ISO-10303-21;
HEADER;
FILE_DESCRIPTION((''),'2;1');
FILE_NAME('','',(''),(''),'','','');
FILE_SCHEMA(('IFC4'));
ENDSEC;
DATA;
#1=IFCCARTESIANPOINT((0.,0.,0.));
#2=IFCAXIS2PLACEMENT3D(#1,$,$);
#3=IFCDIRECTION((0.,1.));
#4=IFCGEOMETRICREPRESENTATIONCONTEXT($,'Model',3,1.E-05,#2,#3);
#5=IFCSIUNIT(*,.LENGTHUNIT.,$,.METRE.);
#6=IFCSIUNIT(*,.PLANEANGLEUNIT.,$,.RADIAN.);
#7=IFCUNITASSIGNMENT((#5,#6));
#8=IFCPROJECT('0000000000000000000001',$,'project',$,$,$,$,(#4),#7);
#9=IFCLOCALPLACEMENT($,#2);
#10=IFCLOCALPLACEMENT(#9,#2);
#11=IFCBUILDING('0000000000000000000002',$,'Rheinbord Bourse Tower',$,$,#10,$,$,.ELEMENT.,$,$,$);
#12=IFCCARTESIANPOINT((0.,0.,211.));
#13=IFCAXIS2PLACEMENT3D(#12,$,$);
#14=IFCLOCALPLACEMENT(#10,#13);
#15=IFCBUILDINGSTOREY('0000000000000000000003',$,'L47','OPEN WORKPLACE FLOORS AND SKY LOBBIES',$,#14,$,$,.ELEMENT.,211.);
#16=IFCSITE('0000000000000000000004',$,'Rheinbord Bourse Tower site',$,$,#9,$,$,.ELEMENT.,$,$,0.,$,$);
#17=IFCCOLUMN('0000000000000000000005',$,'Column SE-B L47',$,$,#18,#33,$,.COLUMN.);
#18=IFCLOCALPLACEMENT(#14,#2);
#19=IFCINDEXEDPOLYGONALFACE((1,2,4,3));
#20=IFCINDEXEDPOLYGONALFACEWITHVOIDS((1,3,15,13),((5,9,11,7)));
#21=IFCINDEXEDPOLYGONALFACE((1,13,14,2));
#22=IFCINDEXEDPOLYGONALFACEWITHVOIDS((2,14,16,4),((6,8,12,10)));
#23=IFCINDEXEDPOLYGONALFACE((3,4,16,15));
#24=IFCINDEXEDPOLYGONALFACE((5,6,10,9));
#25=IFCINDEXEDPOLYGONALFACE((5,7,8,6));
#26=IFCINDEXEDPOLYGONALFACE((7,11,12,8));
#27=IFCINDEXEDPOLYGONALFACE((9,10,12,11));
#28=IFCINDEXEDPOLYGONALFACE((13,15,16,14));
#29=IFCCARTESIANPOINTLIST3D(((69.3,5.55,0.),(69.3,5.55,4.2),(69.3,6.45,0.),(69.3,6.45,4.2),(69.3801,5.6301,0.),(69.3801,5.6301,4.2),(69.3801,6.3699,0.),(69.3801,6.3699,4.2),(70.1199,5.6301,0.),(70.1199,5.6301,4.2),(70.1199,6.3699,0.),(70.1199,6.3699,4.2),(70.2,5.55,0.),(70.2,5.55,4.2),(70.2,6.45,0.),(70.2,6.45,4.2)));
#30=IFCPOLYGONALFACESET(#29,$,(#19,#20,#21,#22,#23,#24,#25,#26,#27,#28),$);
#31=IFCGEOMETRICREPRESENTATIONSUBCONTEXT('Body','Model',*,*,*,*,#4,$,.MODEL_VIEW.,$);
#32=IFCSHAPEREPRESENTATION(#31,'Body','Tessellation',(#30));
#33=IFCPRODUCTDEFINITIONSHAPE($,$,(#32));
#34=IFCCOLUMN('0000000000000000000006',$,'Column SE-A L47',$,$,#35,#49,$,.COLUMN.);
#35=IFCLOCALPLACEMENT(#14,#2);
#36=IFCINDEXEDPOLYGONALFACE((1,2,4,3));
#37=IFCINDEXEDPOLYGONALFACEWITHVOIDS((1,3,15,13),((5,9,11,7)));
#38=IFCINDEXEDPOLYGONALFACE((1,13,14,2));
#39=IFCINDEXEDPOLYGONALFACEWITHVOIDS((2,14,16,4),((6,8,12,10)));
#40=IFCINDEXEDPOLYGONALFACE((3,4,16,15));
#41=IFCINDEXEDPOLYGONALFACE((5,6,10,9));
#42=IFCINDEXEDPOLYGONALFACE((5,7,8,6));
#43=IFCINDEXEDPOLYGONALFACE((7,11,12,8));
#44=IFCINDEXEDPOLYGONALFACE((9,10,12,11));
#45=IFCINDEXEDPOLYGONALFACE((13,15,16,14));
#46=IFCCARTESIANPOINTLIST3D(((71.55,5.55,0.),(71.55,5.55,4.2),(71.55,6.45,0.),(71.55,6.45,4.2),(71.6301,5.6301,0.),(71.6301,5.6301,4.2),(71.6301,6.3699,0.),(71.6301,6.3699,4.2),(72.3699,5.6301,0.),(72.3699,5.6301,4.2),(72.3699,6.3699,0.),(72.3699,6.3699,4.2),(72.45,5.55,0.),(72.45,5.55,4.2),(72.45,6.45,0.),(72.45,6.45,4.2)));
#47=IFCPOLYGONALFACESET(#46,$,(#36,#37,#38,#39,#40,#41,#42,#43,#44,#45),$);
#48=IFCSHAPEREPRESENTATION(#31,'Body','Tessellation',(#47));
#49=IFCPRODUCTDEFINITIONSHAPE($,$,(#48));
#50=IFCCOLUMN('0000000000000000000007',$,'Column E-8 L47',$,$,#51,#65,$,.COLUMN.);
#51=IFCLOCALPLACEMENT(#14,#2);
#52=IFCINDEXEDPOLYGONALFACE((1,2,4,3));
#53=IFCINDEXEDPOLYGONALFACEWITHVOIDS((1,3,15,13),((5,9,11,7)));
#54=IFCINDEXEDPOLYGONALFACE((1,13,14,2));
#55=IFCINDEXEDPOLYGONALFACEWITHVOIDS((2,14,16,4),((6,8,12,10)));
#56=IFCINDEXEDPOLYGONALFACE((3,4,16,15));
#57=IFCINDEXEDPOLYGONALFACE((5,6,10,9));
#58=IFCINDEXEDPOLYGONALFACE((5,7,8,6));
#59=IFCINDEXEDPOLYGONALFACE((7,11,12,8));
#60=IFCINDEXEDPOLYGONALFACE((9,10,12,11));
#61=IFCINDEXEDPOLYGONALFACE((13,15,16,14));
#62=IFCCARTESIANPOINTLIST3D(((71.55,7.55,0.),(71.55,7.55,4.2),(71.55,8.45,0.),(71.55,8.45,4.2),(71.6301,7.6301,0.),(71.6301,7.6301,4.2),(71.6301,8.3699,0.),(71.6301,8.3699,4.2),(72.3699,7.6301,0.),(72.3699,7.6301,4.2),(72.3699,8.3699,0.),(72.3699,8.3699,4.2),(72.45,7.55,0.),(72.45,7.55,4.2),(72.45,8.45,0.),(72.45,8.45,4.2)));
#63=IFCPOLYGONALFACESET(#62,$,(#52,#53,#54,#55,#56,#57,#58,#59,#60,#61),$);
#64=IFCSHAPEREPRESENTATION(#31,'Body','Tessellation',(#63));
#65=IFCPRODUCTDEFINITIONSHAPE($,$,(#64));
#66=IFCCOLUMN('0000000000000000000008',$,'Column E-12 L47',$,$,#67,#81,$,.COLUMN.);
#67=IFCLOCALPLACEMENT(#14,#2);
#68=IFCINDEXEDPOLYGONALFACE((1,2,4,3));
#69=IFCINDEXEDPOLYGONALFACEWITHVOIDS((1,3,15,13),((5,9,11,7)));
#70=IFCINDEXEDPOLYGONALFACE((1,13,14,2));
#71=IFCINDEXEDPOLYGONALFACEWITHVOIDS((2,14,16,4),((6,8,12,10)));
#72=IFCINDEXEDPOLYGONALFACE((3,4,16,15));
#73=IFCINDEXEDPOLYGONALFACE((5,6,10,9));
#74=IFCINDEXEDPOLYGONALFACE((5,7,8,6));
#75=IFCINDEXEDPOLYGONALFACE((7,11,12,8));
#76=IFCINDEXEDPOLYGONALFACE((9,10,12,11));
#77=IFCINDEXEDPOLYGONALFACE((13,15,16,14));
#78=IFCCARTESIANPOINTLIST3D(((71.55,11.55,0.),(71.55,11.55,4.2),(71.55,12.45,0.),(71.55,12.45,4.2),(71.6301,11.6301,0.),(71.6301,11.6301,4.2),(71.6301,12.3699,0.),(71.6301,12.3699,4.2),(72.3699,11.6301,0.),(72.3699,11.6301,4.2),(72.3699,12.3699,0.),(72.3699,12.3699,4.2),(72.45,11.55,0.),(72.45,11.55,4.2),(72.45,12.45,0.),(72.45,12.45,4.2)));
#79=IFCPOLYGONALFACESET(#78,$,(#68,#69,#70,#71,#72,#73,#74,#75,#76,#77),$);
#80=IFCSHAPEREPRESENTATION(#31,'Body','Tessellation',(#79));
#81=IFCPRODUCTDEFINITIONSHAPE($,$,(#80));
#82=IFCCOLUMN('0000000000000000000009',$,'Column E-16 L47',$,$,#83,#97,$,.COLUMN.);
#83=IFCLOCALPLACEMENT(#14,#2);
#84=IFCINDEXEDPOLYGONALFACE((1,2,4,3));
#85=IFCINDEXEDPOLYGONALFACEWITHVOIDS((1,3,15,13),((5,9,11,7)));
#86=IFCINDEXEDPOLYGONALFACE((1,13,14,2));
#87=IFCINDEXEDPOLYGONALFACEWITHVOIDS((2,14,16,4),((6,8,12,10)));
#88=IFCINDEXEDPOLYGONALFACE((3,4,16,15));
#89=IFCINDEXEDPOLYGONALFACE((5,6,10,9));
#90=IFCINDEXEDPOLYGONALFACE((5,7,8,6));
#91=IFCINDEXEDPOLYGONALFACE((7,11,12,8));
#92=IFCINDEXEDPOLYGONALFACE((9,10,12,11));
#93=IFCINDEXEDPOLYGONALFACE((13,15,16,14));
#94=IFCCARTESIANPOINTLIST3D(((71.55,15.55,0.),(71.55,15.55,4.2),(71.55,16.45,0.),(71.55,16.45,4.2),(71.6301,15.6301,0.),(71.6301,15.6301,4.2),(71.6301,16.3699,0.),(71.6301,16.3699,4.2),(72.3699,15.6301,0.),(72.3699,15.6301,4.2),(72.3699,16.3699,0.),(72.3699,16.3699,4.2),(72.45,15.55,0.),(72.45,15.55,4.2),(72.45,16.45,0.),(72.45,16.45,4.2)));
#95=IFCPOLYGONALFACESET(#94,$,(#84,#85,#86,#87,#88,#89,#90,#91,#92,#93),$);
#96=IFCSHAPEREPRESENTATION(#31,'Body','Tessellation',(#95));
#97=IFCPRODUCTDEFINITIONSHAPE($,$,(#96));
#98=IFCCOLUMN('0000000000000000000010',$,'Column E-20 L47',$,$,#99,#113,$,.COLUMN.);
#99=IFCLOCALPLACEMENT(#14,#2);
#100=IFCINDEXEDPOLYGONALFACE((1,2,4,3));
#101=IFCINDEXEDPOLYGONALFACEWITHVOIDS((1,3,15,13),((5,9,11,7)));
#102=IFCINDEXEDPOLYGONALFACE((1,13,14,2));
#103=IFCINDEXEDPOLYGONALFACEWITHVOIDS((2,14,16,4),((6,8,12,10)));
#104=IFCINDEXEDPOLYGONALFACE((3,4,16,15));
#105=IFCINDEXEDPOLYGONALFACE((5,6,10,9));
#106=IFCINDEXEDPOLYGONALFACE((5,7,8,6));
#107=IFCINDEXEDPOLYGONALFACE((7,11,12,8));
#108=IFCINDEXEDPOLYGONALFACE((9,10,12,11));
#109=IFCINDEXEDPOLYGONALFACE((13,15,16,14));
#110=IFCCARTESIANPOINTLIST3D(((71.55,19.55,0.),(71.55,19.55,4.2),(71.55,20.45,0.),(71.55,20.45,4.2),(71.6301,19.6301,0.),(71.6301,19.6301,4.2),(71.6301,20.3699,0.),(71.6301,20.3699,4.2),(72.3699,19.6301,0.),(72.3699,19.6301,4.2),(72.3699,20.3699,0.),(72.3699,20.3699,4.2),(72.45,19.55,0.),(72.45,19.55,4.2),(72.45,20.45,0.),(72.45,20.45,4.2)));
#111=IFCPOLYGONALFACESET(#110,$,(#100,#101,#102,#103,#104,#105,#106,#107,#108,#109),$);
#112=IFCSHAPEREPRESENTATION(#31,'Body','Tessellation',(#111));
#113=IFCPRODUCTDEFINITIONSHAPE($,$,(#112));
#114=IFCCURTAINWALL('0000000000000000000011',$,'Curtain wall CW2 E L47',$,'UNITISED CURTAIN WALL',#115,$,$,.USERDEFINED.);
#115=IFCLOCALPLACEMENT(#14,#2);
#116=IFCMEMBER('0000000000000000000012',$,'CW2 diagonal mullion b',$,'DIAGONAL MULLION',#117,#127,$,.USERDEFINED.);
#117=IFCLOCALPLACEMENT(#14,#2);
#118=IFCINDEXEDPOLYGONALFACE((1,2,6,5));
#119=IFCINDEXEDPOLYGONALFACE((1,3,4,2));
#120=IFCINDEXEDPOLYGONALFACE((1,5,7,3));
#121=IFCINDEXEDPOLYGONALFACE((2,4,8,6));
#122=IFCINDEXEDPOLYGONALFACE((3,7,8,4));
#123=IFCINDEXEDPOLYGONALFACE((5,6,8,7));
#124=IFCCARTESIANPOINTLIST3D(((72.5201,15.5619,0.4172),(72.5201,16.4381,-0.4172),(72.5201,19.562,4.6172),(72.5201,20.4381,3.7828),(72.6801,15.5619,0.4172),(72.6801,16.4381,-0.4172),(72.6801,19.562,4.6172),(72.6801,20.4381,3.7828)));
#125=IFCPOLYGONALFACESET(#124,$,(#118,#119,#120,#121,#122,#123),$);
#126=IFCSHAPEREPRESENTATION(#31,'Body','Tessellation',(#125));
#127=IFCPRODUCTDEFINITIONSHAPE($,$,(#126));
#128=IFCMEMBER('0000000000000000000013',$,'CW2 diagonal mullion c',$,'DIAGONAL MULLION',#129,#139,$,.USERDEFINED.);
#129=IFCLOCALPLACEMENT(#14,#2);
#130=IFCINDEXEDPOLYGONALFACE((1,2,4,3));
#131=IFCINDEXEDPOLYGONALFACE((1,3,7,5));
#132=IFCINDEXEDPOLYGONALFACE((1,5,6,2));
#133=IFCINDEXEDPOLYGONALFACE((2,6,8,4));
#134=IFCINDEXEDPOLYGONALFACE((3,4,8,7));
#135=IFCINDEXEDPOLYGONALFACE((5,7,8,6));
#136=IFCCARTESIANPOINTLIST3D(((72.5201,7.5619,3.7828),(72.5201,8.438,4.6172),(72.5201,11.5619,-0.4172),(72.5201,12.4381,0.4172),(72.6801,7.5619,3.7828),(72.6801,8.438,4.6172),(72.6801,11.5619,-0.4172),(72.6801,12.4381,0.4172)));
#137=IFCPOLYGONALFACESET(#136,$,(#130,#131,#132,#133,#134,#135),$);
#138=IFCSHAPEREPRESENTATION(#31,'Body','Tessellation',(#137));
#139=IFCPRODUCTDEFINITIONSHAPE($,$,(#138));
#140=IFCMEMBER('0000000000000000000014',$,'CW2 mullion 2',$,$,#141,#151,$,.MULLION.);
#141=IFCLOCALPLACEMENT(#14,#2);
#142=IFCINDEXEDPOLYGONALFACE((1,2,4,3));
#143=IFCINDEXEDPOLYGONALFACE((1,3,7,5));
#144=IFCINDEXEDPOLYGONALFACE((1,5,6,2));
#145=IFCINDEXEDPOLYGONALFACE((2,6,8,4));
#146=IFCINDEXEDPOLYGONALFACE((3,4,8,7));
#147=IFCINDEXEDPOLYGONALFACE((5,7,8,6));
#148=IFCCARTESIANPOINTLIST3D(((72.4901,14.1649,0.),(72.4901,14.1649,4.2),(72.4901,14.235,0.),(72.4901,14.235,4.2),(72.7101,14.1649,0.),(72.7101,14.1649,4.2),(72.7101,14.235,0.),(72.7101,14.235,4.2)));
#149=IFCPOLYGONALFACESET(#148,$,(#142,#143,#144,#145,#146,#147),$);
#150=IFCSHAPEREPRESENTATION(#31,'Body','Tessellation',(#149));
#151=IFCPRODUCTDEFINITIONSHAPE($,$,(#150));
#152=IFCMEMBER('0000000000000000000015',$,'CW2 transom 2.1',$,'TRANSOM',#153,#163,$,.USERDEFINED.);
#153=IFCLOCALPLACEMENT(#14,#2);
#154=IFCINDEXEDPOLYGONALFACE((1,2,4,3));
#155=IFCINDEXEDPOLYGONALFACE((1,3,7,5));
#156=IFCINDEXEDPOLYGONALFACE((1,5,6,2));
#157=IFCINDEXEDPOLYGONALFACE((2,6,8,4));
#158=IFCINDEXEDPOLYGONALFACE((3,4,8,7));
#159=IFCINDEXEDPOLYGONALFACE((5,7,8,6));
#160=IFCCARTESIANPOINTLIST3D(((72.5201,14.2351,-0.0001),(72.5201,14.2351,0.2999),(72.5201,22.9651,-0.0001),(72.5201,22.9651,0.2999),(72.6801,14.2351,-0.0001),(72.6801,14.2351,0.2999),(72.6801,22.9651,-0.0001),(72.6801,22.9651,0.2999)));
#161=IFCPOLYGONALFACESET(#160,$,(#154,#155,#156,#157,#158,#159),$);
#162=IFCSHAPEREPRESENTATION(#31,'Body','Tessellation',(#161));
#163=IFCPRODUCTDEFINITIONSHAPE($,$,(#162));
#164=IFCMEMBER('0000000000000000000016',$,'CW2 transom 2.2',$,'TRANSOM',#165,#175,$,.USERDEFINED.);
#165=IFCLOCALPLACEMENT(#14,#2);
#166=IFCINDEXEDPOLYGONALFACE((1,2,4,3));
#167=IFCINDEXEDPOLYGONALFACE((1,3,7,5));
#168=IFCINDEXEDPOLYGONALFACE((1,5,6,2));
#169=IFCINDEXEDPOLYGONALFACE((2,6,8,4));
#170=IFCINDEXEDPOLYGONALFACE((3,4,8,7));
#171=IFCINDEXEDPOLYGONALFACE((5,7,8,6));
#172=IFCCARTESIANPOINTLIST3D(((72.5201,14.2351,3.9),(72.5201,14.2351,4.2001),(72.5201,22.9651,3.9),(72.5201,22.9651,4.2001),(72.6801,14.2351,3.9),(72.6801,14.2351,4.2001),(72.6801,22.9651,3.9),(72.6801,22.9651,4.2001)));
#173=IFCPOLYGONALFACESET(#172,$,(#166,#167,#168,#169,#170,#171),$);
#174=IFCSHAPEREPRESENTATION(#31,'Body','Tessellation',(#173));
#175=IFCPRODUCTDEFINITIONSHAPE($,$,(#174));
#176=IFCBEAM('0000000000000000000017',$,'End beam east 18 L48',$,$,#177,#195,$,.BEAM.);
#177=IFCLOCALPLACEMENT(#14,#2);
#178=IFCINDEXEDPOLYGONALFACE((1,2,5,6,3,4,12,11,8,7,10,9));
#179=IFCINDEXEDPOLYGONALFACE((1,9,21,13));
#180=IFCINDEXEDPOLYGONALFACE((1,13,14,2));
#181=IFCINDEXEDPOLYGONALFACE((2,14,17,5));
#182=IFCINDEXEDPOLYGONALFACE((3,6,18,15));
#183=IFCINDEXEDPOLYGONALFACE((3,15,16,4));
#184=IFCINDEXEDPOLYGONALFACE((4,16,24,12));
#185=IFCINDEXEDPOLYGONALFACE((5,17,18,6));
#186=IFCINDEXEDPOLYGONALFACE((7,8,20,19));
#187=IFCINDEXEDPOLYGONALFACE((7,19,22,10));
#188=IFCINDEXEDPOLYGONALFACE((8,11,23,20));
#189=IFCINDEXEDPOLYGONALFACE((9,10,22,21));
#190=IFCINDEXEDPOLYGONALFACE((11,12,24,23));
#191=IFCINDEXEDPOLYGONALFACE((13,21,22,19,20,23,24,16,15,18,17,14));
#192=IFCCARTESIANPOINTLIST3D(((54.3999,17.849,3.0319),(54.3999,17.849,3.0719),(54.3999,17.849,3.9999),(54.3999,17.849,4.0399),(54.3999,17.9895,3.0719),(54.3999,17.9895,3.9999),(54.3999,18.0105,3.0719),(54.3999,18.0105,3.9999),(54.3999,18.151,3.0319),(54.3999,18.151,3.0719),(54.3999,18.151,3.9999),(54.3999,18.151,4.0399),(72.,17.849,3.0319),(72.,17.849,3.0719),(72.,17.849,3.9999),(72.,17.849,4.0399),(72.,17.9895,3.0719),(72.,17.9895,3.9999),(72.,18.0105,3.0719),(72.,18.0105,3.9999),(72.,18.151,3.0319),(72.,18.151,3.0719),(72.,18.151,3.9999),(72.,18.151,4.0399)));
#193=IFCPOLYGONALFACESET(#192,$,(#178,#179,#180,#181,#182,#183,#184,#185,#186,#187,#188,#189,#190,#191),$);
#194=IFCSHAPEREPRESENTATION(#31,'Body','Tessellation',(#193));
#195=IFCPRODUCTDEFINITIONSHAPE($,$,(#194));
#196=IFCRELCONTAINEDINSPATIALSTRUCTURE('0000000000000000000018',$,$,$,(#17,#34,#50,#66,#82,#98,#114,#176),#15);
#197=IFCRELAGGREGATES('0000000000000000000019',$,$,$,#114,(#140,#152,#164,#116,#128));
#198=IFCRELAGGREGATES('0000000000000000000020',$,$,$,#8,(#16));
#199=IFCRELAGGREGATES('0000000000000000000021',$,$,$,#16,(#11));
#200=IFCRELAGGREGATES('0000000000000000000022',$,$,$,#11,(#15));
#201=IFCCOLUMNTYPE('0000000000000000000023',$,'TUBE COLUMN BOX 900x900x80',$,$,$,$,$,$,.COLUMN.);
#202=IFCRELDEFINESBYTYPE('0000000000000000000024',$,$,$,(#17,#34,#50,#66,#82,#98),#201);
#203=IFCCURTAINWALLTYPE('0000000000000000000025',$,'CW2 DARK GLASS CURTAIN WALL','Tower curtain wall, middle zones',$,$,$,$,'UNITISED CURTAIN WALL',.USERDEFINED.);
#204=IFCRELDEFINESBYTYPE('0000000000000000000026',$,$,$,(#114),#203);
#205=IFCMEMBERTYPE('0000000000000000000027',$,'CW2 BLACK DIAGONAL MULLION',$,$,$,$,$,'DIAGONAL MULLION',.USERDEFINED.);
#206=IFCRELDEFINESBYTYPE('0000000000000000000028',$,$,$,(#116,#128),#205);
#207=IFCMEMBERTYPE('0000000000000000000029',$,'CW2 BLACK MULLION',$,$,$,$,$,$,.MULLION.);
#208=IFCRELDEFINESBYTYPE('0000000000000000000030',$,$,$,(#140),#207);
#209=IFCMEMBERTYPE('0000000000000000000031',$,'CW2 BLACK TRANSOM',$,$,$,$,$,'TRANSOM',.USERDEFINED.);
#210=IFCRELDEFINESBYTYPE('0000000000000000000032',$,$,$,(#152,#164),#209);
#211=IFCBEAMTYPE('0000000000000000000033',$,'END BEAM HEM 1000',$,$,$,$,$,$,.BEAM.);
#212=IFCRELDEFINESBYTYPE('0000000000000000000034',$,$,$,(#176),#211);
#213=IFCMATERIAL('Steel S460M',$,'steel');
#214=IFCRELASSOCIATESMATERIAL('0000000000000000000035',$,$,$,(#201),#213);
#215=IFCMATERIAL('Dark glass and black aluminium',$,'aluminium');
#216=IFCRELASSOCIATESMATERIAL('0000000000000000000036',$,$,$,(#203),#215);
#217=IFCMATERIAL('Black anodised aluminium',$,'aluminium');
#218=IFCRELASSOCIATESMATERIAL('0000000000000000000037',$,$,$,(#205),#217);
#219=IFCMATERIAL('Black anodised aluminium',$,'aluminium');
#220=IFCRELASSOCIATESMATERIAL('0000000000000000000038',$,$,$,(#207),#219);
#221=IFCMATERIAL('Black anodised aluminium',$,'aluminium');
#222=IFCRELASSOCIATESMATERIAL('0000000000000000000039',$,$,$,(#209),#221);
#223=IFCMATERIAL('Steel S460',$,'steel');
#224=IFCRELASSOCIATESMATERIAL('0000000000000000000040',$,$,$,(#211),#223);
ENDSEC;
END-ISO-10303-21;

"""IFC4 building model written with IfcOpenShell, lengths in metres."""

from ifc_helpers import new_model, si_unit, direction, frame, origin, origin_2d, place, context, subcontext, project, spatial, rectangle, hollow_rectangle, i_section, extrude, material, material_profile, profile_set, type_object, element, aggregate, save


model = new_model("IFC4")

# Units and contexts
model_context = context("Model", 3, precision=1e-05, world=origin(), true_north=direction((0.0, 1.0)))
body_context = subcontext(model_context, "Body", "Model", "MODEL_VIEW")
ifc_project = project(units=[si_unit("LENGTHUNIT", "METRE"), si_unit("PLANEANGLEUNIT", "RADIAN")], contexts=[model_context])

# Site, building, storey
site_placement = place(None, origin())
site = spatial("IfcSite", under=ifc_project, at=site_placement, Name="Rheinbord Bourse Tower site", CompositionType="ELEMENT", RefElevation=0.0)
building_placement = place(site_placement, origin())
building = spatial("IfcBuilding", under=site, at=building_placement, Name="Rheinbord Bourse Tower", CompositionType="ELEMENT")
storey_placement = place(building_placement, frame((0.0, 0.0, 211.0)))
storey = spatial("IfcBuildingStorey", under=building, at=storey_placement, Name="L47", Description="OPEN WORKPLACE FLOORS AND SKY LOBBIES", CompositionType="ELEMENT", Elevation=211.0)

# Columns
ifc_material_1 = material(Name="Steel S460M", Category="steel")
ifc_material_profile_1 = material_profile(ifc_material_1, hollow_rectangle(XDim=0.8999, YDim=0.8999, WallThickness=0.0801, at=origin_2d()), Name="BOX 900x900x80")
ifc_profile_set_1 = profile_set([ifc_material_profile_1], Name="Steel S460M")
column_type = type_object("IfcColumnType", Name="TUBE COLUMN BOX 900x900x80", PredefinedType="COLUMN", material=ifc_profile_set_1)
for number, where, z_axis, x_axis, name in (
    (1, (69.75, 6.0, 0.0), (0.0, 0.0, 1.0), (1.0, 0.0, 0.0), "Column SE-B L47"),
    (2, (72.0, 6.0, 0.0), (0.0, 0.0, 1.0), (1.0, 0.0, 0.0), "Column SE-A L47"),
    (3, (72.0, 8.0, 0.0), (0.0, 0.0, 1.0), (1.0, 0.0, 0.0), "Column E-8 L47"),
    (4, (72.0, 12.0, 0.0), (0.0, 0.0, 1.0), (1.0, 0.0, 0.0), "Column E-12 L47"),
    (5, (72.0, 16.0, 0.0), (0.0, 0.0, 1.0), (1.0, 0.0, 0.0), "Column E-16 L47"),
    (6, (72.0, 20.0, 0.0), (0.0, 0.0, 1.0), (1.0, 0.0, 0.0), "Column E-20 L47"),
):
    element("IfcColumn", number, at=place(storey_placement, frame(where, z_axis=z_axis, x_axis=x_axis)), inside=storey, type_object=column_type, Name=name, PredefinedType="COLUMN", context=body_context, shape_type="SweptSolid", body=[
        extrude(hollow_rectangle(XDim=0.8999, YDim=0.8999, WallThickness=0.0801, at=origin_2d()), origin(), (0.0, 0.0, 1.0), 4.2),
    ])

# Curtain wall, members
ifc_material_2 = material(Name="Dark glass and black aluminium", Category="aluminium")
curtain_wall_type = type_object("IfcCurtainWallType", Name="CW2 DARK GLASS CURTAIN WALL", Description="Tower curtain wall, middle zones", ElementType="UNITISED CURTAIN WALL", PredefinedType="USERDEFINED", material=ifc_material_2)
curtain_wall_placement = place(storey_placement, origin())
curtain_wall = element("IfcCurtainWall", 7, at=curtain_wall_placement, inside=storey, type_object=curtain_wall_type, Name="Curtain wall CW2 E L47", ObjectType="UNITISED CURTAIN WALL", PredefinedType="USERDEFINED")
ifc_material_3 = material(Name="Black anodised aluminium", Category="aluminium")
ifc_material_profile_2 = material_profile(ifc_material_3, rectangle(XDim=0.1599, YDim=1.21, at=origin_2d()), Name="CW2 DIAGONAL MULLION 1210x160")
ifc_profile_set_2 = profile_set([ifc_material_profile_2], Name="Black anodised aluminium")
member_type_1 = type_object("IfcMemberType", Name="CW2 BLACK DIAGONAL MULLION", ElementType="DIAGONAL MULLION", PredefinedType="USERDEFINED", material=ifc_profile_set_2)
member_1_placement = place(storey_placement, frame((72.6001, 16.0, 0.0), z_axis=(0.0, 0.689659, 0.724134), x_axis=(-1.0, 0.0, 0.0)))
member_1 = element("IfcMember", 8, at=member_1_placement, type_object=member_type_1, Name="CW2 diagonal mullion b", ObjectType="DIAGONAL MULLION", PredefinedType="USERDEFINED", context=body_context, shape_type="SweptSolid", body=[
    extrude(rectangle(XDim=0.1599, YDim=1.21, at=origin_2d()), origin(), (0.0, 0.0, 1.0), 5.8),
])
member_2_placement = place(storey_placement, frame((72.6001, 12.0, 0.0), z_axis=(0.0, -0.689659, 0.724134), x_axis=(1.0, 0.0, 0.0)))
member_2 = element("IfcMember", 9, at=member_2_placement, type_object=member_type_1, Name="CW2 diagonal mullion c", ObjectType="DIAGONAL MULLION", PredefinedType="USERDEFINED", context=body_context, shape_type="SweptSolid", body=[
    extrude(rectangle(XDim=0.1599, YDim=1.21, at=origin_2d()), origin(), (0.0, 0.0, 1.0), 5.8),
])
ifc_material_4 = material(Name="Black anodised aluminium", Category="aluminium")
ifc_material_profile_3 = material_profile(ifc_material_4, rectangle(XDim=0.22, YDim=0.0701, at=origin_2d()), Name="CW2 MULLION 70x220")
ifc_profile_set_3 = profile_set([ifc_material_profile_3], Name="Black anodised aluminium")
member_type_2 = type_object("IfcMemberType", Name="CW2 BLACK MULLION", PredefinedType="MULLION", material=ifc_profile_set_3)
member_3_placement = place(storey_placement, frame((72.6001, 14.2, 0.0), z_axis=(0.0, 0.0, 1.0), x_axis=(-1.0, 0.0, 0.0)))
member_3 = element("IfcMember", 10, at=member_3_placement, type_object=member_type_2, Name="CW2 mullion 2", PredefinedType="MULLION", context=body_context, shape_type="SweptSolid", body=[
    extrude(rectangle(XDim=0.22, YDim=0.0701, at=origin_2d()), origin(), (0.0, 0.0, 1.0), 4.2),
])
ifc_material_5 = material(Name="Black anodised aluminium", Category="aluminium")
ifc_material_profile_4 = material_profile(ifc_material_5, rectangle(XDim=0.1599, YDim=0.3, at=origin_2d()), Name="CW2 TRANSOM 300x160")
ifc_profile_set_4 = profile_set([ifc_material_profile_4], Name="Black anodised aluminium")
member_type_3 = type_object("IfcMemberType", Name="CW2 BLACK TRANSOM", ElementType="TRANSOM", PredefinedType="USERDEFINED", material=ifc_profile_set_4)
member_4_placement = place(storey_placement, frame((72.6001, 14.2351, 0.1499), z_axis=(0.0, 1.0, 0.0), x_axis=(-1.0, 0.0, 0.0)))
member_4 = element("IfcMember", 11, at=member_4_placement, type_object=member_type_3, Name="CW2 transom 2.1", ObjectType="TRANSOM", PredefinedType="USERDEFINED", context=body_context, shape_type="SweptSolid", body=[
    extrude(rectangle(XDim=0.1599, YDim=0.3, at=origin_2d()), origin(), (0.0, 0.0, 1.0), 8.73),
])
member_5_placement = place(storey_placement, frame((72.6001, 14.2351, 4.05), z_axis=(0.0, 1.0, 0.0), x_axis=(-1.0, 0.0, 0.0)))
member_5 = element("IfcMember", 12, at=member_5_placement, type_object=member_type_3, Name="CW2 transom 2.2", ObjectType="TRANSOM", PredefinedType="USERDEFINED", context=body_context, shape_type="SweptSolid", body=[
    extrude(rectangle(XDim=0.1599, YDim=0.3, at=origin_2d()), origin(), (0.0, 0.0, 1.0), 8.73),
])

# Beam
ifc_material_6 = material(Name="Steel S460", Category="steel")
ifc_material_profile_5 = material_profile(ifc_material_6, i_section(OverallWidth=0.302, OverallDepth=1.0081, WebThickness=0.021, FlangeThickness=0.04, at=origin_2d()), Name="HEM 1000")
ifc_profile_set_5 = profile_set([ifc_material_profile_5], Name="Steel S460")
beam_type_1 = type_object("IfcBeamType", Name="END BEAM HEM 1000", PredefinedType="BEAM", material=ifc_profile_set_5)
for number, where, z_axis, x_axis, name in (
    (13, (54.3999, 18.0, 3.5359), (1.0, 0.0, 0.0), (0.0, 1.0, 0.0), "End beam east 18 L48"),
):
    element("IfcBeam", number, at=place(storey_placement, frame(where, z_axis=z_axis, x_axis=x_axis)), inside=storey, type_object=beam_type_1, Name=name, PredefinedType="BEAM", context=body_context, shape_type="SweptSolid", body=[
        extrude(i_section(OverallWidth=0.302, OverallDepth=1.0081, WebThickness=0.021, FlangeThickness=0.04, at=origin_2d()), origin(), (0.0, 0.0, 1.0), 17.6001),
    ])

aggregate(curtain_wall, [member_3, member_4, member_5, member_1, member_2])

save(model, "model.ifc")
